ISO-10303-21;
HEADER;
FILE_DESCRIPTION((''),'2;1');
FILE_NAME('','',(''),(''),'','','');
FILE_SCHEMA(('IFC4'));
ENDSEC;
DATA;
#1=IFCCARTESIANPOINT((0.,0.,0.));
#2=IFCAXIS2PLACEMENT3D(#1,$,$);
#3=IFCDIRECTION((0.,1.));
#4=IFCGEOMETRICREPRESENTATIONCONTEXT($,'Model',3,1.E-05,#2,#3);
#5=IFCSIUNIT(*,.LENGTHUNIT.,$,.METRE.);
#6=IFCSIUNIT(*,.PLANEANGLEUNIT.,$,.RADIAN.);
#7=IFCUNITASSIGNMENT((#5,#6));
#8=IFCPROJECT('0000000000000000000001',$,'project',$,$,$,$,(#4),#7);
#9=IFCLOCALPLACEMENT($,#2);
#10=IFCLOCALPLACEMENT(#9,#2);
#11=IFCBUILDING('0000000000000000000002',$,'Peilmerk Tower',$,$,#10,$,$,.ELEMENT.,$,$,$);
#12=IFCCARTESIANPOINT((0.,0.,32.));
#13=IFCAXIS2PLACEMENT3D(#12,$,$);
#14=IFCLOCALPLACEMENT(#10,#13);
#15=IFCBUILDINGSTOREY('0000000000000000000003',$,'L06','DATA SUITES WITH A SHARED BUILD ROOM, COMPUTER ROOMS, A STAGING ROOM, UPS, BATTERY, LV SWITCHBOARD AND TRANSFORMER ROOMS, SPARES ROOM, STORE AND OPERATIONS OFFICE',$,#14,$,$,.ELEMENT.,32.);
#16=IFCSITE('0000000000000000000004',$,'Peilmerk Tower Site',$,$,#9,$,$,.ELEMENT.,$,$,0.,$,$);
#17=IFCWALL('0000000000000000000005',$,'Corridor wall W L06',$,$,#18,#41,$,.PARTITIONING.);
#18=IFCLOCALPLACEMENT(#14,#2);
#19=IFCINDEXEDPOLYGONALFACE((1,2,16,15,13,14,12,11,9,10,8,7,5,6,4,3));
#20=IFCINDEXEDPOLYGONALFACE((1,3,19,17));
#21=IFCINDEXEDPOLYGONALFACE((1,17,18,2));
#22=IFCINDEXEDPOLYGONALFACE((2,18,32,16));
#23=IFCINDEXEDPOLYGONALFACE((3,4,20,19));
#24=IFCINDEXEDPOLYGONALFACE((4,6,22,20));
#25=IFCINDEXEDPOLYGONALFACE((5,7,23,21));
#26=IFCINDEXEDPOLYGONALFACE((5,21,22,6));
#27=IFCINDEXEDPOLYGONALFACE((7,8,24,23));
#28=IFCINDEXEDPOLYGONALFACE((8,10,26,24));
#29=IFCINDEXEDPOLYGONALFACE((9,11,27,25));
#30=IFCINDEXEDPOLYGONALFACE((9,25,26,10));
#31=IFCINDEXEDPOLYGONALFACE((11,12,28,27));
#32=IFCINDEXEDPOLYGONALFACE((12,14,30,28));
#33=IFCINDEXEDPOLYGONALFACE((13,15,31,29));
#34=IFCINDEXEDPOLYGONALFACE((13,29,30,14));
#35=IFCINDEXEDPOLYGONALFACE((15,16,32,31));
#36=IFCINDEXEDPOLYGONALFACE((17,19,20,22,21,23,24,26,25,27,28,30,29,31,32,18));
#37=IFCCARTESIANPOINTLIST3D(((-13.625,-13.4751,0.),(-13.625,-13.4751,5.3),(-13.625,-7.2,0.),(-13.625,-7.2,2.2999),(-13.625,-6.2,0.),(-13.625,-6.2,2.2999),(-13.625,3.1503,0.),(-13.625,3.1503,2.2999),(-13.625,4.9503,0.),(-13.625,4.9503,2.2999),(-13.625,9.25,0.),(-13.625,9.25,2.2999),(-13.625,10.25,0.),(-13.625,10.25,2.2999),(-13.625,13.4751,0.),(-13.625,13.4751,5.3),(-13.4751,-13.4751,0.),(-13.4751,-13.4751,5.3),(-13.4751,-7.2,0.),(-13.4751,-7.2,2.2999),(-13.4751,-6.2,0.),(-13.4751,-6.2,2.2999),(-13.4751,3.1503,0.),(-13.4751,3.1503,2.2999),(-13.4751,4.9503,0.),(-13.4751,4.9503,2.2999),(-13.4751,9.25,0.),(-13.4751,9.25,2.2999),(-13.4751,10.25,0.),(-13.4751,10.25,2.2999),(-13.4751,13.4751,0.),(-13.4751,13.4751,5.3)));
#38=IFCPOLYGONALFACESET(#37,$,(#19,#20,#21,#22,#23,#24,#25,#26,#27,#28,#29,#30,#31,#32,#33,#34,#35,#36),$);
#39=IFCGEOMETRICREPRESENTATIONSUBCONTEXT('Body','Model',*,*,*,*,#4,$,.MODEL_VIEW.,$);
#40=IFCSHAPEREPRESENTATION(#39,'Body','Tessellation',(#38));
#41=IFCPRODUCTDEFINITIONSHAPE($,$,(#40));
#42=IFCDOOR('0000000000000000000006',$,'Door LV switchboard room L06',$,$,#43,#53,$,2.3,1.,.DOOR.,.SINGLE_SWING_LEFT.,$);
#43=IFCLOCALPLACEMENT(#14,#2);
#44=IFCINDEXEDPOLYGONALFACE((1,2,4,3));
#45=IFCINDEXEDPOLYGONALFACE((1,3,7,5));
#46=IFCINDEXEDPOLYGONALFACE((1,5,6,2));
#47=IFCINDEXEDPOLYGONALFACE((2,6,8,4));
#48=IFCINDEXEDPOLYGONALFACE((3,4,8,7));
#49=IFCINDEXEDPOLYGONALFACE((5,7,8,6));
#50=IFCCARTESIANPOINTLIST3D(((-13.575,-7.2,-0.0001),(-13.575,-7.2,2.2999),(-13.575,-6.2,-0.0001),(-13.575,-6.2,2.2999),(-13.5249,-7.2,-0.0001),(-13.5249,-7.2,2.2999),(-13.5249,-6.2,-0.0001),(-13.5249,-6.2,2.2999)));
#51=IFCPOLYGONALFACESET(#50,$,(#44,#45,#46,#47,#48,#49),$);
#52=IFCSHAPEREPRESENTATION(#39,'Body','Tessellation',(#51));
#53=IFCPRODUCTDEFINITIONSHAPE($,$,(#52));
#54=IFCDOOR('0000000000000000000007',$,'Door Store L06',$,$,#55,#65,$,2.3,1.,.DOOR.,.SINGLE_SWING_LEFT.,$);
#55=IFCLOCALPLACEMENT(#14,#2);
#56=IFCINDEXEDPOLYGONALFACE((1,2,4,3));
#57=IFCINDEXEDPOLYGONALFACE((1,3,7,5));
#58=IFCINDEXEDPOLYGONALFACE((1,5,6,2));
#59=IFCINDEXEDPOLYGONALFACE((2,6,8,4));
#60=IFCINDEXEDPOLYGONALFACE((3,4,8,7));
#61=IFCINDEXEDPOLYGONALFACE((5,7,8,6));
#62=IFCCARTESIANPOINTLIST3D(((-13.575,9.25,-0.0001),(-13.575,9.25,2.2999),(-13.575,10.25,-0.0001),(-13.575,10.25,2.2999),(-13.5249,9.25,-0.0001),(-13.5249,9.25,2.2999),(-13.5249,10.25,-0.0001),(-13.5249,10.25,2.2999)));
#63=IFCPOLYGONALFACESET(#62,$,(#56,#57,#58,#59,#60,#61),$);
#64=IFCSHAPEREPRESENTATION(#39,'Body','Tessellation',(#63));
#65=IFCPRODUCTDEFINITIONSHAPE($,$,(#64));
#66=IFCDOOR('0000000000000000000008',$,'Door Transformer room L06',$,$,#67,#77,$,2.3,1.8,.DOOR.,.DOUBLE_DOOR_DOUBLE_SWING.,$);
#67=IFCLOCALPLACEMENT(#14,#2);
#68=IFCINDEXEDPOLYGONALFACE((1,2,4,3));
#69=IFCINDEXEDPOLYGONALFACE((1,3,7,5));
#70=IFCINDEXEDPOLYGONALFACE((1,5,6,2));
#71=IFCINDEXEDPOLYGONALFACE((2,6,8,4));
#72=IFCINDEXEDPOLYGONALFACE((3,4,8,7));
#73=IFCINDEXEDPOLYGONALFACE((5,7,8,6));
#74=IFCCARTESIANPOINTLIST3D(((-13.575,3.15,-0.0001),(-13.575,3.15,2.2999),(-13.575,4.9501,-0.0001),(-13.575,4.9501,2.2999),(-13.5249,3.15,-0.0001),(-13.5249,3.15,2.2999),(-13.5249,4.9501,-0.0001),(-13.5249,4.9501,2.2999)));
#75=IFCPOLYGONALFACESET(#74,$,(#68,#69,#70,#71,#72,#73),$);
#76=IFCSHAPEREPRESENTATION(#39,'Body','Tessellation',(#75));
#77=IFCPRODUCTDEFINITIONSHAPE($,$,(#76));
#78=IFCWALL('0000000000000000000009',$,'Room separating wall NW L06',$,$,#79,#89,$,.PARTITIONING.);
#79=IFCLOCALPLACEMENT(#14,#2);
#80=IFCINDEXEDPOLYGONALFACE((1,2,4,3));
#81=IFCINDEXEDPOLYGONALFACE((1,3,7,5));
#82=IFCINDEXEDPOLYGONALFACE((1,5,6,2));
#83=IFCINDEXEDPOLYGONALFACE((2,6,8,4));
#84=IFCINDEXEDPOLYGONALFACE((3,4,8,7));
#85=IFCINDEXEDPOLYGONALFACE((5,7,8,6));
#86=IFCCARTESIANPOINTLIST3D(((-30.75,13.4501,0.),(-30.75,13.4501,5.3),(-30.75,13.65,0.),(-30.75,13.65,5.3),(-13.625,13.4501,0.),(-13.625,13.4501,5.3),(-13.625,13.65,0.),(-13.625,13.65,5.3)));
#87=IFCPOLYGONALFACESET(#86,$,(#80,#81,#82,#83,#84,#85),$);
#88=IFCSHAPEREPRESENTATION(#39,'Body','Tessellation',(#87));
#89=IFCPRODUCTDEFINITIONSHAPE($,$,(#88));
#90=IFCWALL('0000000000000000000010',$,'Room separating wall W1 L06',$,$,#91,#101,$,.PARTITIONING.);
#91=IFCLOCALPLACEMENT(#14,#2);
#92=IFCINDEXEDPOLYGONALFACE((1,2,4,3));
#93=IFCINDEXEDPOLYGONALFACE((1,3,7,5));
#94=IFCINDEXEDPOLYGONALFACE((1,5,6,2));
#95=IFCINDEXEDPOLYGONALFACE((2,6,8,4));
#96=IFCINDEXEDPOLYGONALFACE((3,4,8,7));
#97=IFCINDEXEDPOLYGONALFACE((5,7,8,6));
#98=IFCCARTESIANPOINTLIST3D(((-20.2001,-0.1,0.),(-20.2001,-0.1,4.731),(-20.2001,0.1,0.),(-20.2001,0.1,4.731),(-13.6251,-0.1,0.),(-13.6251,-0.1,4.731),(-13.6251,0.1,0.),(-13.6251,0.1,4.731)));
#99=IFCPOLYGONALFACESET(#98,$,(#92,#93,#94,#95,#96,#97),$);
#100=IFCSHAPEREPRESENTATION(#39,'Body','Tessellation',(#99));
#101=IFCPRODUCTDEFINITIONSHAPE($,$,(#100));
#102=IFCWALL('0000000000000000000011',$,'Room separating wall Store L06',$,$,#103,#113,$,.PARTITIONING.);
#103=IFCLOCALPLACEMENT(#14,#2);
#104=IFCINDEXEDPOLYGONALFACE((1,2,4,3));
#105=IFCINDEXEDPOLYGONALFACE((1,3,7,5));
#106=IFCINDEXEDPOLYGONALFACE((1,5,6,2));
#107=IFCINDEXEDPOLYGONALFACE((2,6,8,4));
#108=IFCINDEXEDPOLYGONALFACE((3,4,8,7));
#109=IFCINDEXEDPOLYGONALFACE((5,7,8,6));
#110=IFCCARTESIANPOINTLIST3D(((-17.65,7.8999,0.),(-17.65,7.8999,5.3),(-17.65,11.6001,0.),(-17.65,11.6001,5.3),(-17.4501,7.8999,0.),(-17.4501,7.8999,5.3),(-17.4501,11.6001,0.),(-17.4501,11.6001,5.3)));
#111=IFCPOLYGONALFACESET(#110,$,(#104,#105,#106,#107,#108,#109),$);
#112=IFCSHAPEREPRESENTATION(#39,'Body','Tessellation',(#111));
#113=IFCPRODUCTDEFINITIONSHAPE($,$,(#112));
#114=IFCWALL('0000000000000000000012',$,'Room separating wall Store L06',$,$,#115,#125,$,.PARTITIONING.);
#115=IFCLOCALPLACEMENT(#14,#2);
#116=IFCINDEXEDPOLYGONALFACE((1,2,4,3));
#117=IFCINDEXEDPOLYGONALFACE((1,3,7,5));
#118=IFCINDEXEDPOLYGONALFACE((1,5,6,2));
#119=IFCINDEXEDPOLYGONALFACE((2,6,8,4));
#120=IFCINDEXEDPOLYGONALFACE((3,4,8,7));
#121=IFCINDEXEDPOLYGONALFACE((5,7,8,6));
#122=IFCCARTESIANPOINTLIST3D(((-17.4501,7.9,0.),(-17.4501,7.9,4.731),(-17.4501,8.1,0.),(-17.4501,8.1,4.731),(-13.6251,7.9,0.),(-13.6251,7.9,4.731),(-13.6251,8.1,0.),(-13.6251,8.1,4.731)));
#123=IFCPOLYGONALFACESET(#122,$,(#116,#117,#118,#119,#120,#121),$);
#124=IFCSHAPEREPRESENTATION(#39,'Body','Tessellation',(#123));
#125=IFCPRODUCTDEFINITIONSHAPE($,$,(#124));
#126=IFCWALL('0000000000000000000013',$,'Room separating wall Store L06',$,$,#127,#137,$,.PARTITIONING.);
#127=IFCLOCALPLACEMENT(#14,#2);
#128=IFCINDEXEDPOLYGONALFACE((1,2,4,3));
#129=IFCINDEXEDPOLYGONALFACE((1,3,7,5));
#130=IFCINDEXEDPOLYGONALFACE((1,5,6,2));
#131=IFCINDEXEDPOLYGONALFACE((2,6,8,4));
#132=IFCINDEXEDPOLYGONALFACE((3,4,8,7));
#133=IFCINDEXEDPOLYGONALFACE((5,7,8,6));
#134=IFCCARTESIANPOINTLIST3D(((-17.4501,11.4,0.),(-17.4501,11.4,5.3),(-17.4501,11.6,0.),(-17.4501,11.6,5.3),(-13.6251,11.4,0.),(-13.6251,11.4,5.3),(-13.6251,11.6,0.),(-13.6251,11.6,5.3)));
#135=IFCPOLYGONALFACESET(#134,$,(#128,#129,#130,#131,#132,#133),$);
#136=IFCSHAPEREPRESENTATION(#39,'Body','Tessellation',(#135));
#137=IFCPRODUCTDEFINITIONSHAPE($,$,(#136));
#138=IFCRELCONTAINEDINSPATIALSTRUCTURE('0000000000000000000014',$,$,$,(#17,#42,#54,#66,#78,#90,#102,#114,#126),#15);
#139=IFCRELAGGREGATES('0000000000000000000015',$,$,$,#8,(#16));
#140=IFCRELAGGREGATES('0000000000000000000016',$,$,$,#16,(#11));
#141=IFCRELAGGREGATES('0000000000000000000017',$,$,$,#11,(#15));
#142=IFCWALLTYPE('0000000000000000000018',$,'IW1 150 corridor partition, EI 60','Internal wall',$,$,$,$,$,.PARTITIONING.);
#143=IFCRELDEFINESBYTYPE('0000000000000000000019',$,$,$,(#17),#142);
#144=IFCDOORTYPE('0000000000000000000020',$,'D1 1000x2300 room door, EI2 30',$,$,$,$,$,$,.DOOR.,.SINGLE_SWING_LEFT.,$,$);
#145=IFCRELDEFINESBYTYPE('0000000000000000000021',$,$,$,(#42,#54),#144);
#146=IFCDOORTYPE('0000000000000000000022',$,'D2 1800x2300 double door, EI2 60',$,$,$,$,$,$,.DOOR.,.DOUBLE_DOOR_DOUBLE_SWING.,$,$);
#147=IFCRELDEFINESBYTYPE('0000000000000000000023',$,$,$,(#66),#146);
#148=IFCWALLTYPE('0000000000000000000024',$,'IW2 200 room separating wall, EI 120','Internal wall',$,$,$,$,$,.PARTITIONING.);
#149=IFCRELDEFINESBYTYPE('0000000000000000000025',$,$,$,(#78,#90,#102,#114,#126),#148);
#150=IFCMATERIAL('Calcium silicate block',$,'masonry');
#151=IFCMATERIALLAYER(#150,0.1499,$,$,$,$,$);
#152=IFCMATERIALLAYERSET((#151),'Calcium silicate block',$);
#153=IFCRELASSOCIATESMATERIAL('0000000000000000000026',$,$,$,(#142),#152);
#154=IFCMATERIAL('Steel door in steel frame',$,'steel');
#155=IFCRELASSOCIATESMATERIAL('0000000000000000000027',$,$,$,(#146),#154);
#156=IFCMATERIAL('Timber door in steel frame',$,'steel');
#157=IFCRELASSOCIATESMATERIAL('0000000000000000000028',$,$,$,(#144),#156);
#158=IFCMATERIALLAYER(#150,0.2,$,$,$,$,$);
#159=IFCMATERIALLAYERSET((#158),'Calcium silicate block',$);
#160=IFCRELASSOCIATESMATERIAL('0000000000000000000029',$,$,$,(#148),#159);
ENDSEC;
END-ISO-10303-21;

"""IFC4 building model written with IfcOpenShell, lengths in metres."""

from ifc_helpers import new_model, si_unit, direction, frame, frame_2d, origin, place, context, subcontext, project, spatial, rectangle, extrude, material, layer, layer_set, type_object, element, fill, save


model = new_model("IFC4")

# Units and contexts
model_context = context("Model", 3, precision=1e-05, world=origin(), true_north=direction((0.0, 1.0)))
body_context = subcontext(model_context, "Body", "Model", "MODEL_VIEW")
ifc_project = project(units=[si_unit("LENGTHUNIT", "METRE"), si_unit("PLANEANGLEUNIT", "RADIAN")], contexts=[model_context])

# Site, building, storey
site_placement = place(None, origin())
site = spatial("IfcSite", under=ifc_project, at=site_placement, Name="Peilmerk Tower Site", CompositionType="ELEMENT", RefElevation=0.0)
building_placement = place(site_placement, origin())
building = spatial("IfcBuilding", under=site, at=building_placement, Name="Peilmerk Tower", CompositionType="ELEMENT")
storey_placement = place(building_placement, frame((0.0, 0.0, 32.0)))
storey = spatial("IfcBuildingStorey", under=building, at=storey_placement, Name="L06", Description="DATA SUITES WITH A SHARED BUILD ROOM, COMPUTER ROOMS, A STAGING ROOM, UPS, BATTERY, LV SWITCHBOARD AND TRANSFORMER ROOMS, SPARES ROOM, STORE AND OPERATIONS OFFICE", CompositionType="ELEMENT", Elevation=32.0)

# Wall, openings, doors
ifc_material_1 = material(Name="Calcium silicate block", Category="masonry")
ifc_layer_1 = layer(ifc_material_1, 0.1499)
ifc_layer_set_1 = layer_set([ifc_layer_1], Name="Calcium silicate block")
wall_type_1 = type_object("IfcWallType", Name="IW1 150 corridor partition, EI 60", Description="Internal wall", PredefinedType="PARTITIONING", material=ifc_layer_set_1)
ifc_material_2 = material(Name="Steel door in steel frame", Category="steel")
door_type_1 = type_object("IfcDoorType", Name="D2 1800x2300 double door, EI2 60", OperationType="DOUBLE_DOOR_DOUBLE_SWING", PredefinedType="DOOR", material=ifc_material_2)
wall_1_placement = place(storey_placement, frame((-13.55, 13.4751, 0.0), z_axis=(0.0, 0.0, 1.0), x_axis=(0.0, -1.0, 0.0)))
wall_1 = element("IfcWall", 1, at=wall_1_placement, inside=storey, type_object=wall_type_1, Name="Corridor wall W L06", PredefinedType="PARTITIONING", context=body_context, shape_type="SweptSolid", body=[
    extrude(rectangle(XDim=26.9502, YDim=0.1499, at=frame_2d((13.4751, 0.0))), origin(), (0.0, 0.0, 1.0), 5.3),
])
opening_1_placement = place(wall_1_placement, frame((19.675, 0.0, 0.0)))
opening_1 = element("IfcOpeningElement", 2, at=opening_1_placement, cuts=wall_1, PredefinedType="OPENING", context=body_context, shape_type="SweptSolid", body=[
    extrude(rectangle(XDim=1.0, YDim=2.3, at=frame_2d((0.5, 1.1499))), frame((0.0, 0.085, 0.0), z_axis=(0.0, -1.0, 0.0), x_axis=(1.0, 0.0, 0.0)), (0.0, 0.0, 1.0), 0.1699),
])
opening_2_placement = place(wall_1_placement, frame((8.5249, 0.0, 0.0)))
opening_2 = element("IfcOpeningElement", 3, at=opening_2_placement, cuts=wall_1, PredefinedType="OPENING", context=body_context, shape_type="SweptSolid", body=[
    extrude(rectangle(XDim=1.8, YDim=2.3, at=frame_2d((0.8999, 1.1499))), frame((0.0, 0.085, 0.0), z_axis=(0.0, -1.0, 0.0), x_axis=(1.0, 0.0, 0.0)), (0.0, 0.0, 1.0), 0.1699),
])
opening_3_placement = place(wall_1_placement, frame((3.2251, 0.0, 0.0)))
opening_3 = element("IfcOpeningElement", 4, at=opening_3_placement, cuts=wall_1, PredefinedType="OPENING", context=body_context, shape_type="SweptSolid", body=[
    extrude(rectangle(XDim=1.0, YDim=2.3, at=frame_2d((0.5, 1.1499))), frame((0.0, 0.085, 0.0), z_axis=(0.0, -1.0, 0.0), x_axis=(1.0, 0.0, 0.0)), (0.0, 0.0, 1.0), 0.1699),
])
ifc_material_3 = material(Name="Timber door in steel frame", Category="steel")
door_type_2 = type_object("IfcDoorType", Name="D1 1000x2300 room door, EI2 30", OperationType="SINGLE_SWING_LEFT", PredefinedType="DOOR", material=ifc_material_3)
door_1_placement = place(opening_1_placement, frame((1.0, 0.0, 0.0), z_axis=(0.0, 0.0, 1.0), x_axis=(-1.0, 0.0, 0.0)))
door_1 = element("IfcDoor", 5, at=door_1_placement, inside=storey, type_object=door_type_2, Name="Door LV switchboard room L06", OperationType="SINGLE_SWING_LEFT", OverallHeight=2.3, OverallWidth=1.0, PredefinedType="DOOR", context=body_context, shape_type="SweptSolid", body=[
    extrude(rectangle(XDim=1.0, YDim=2.3, at=frame_2d((0.5, 1.1499))), frame((0.0, 0.0249, 0.0), z_axis=(0.0, -1.0, 0.0), x_axis=(1.0, 0.0, 0.0)), (0.0, 0.0, 1.0), 0.05),
])
fill(opening_1, door_1)
door_2_placement = place(opening_3_placement, frame((1.0, 0.0, 0.0), z_axis=(0.0, 0.0, 1.0), x_axis=(-1.0, 0.0, 0.0)))
door_2 = element("IfcDoor", 6, at=door_2_placement, inside=storey, type_object=door_type_2, Name="Door Store L06", OperationType="SINGLE_SWING_LEFT", OverallHeight=2.3, OverallWidth=1.0, PredefinedType="DOOR", context=body_context, shape_type="SweptSolid", body=[
    extrude(rectangle(XDim=1.0, YDim=2.3, at=frame_2d((0.5, 1.1499))), frame((0.0, 0.0249, 0.0), z_axis=(0.0, -1.0, 0.0), x_axis=(1.0, 0.0, 0.0)), (0.0, 0.0, 1.0), 0.05),
])
fill(opening_3, door_2)
door_3_placement = place(opening_2_placement, frame((1.8, 0.0, 0.0), z_axis=(0.0, 0.0, 1.0), x_axis=(-1.0, 0.0, 0.0)))
door_3 = element("IfcDoor", 7, at=door_3_placement, inside=storey, type_object=door_type_1, Name="Door Transformer room L06", OperationType="DOUBLE_DOOR_DOUBLE_SWING", OverallHeight=2.3, OverallWidth=1.8, PredefinedType="DOOR", context=body_context, shape_type="SweptSolid", body=[
    extrude(rectangle(XDim=1.8, YDim=2.3, at=frame_2d((0.8999, 1.1499))), frame((0.0, 0.0249, 0.0), z_axis=(0.0, -1.0, 0.0), x_axis=(1.0, 0.0, 0.0)), (0.0, 0.0, 1.0), 0.05),
])
fill(opening_2, door_3)

# Walls
ifc_layer_2 = layer(ifc_material_1, 0.2)
ifc_layer_set_2 = layer_set([ifc_layer_2], Name="Calcium silicate block")
wall_type_2 = type_object("IfcWallType", Name="IW2 200 room separating wall, EI 120", Description="Internal wall", PredefinedType="PARTITIONING", material=ifc_layer_set_2)
wall_2_placement = place(storey_placement, frame((-30.75, 13.55, 0.0), z_axis=(0.0, 0.0, 1.0), x_axis=(1.0, 0.0, 0.0)))
element("IfcWall", 8, at=wall_2_placement, inside=storey, type_object=wall_type_2, Name="Room separating wall NW L06", PredefinedType="PARTITIONING", context=body_context, shape_type="SweptSolid", body=[
    extrude(rectangle(XDim=17.125, YDim=0.2, at=frame_2d((8.5625, 0.0))), origin(), (0.0, 0.0, 1.0), 5.3),
])
wall_3_placement = place(storey_placement, frame((-13.625, 0.0, 0.0), z_axis=(0.0, 0.0, 1.0), x_axis=(-1.0, 0.0, 0.0)))
element("IfcWall", 9, at=wall_3_placement, inside=storey, type_object=wall_type_2, Name="Room separating wall W1 L06", PredefinedType="PARTITIONING", context=body_context, shape_type="SweptSolid", body=[
    extrude(rectangle(XDim=6.575, YDim=0.2, at=frame_2d((3.2876, 0.0))), origin(), (0.0, 0.0, 1.0), 4.731),
])
wall_4_placement = place(storey_placement, frame((-17.55, 7.8999, 0.0), z_axis=(0.0, 0.0, 1.0), x_axis=(0.0, 1.0, 0.0)))
element("IfcWall", 10, at=wall_4_placement, inside=storey, type_object=wall_type_2, Name="Room separating wall Store L06", PredefinedType="PARTITIONING", context=body_context, shape_type="SweptSolid", body=[
    extrude(rectangle(XDim=3.7002, YDim=0.2, at=frame_2d((1.8501, 0.0))), origin(), (0.0, 0.0, 1.0), 5.3),
])
wall_5_placement = place(storey_placement, frame((-13.625, 8.0, 0.0), z_axis=(0.0, 0.0, 1.0), x_axis=(-1.0, 0.0, 0.0)))
element("IfcWall", 11, at=wall_5_placement, inside=storey, type_object=wall_type_2, Name="Room separating wall Store L06", PredefinedType="PARTITIONING", context=body_context, shape_type="SweptSolid", body=[
    extrude(rectangle(XDim=3.825, YDim=0.2, at=frame_2d((1.9126, 0.0))), origin(), (0.0, 0.0, 1.0), 4.731),
])
wall_6_placement = place(storey_placement, frame((-13.625, 11.5, 0.0), z_axis=(0.0, 0.0, 1.0), x_axis=(-1.0, 0.0, 0.0)))
element("IfcWall", 12, at=wall_6_placement, inside=storey, type_object=wall_type_2, Name="Room separating wall Store L06", PredefinedType="PARTITIONING", context=body_context, shape_type="SweptSolid", body=[
    extrude(rectangle(XDim=3.825, YDim=0.2, at=frame_2d((1.9126, 0.0))), origin(), (0.0, 0.0, 1.0), 5.3),
])

save(model, "model.ifc")
